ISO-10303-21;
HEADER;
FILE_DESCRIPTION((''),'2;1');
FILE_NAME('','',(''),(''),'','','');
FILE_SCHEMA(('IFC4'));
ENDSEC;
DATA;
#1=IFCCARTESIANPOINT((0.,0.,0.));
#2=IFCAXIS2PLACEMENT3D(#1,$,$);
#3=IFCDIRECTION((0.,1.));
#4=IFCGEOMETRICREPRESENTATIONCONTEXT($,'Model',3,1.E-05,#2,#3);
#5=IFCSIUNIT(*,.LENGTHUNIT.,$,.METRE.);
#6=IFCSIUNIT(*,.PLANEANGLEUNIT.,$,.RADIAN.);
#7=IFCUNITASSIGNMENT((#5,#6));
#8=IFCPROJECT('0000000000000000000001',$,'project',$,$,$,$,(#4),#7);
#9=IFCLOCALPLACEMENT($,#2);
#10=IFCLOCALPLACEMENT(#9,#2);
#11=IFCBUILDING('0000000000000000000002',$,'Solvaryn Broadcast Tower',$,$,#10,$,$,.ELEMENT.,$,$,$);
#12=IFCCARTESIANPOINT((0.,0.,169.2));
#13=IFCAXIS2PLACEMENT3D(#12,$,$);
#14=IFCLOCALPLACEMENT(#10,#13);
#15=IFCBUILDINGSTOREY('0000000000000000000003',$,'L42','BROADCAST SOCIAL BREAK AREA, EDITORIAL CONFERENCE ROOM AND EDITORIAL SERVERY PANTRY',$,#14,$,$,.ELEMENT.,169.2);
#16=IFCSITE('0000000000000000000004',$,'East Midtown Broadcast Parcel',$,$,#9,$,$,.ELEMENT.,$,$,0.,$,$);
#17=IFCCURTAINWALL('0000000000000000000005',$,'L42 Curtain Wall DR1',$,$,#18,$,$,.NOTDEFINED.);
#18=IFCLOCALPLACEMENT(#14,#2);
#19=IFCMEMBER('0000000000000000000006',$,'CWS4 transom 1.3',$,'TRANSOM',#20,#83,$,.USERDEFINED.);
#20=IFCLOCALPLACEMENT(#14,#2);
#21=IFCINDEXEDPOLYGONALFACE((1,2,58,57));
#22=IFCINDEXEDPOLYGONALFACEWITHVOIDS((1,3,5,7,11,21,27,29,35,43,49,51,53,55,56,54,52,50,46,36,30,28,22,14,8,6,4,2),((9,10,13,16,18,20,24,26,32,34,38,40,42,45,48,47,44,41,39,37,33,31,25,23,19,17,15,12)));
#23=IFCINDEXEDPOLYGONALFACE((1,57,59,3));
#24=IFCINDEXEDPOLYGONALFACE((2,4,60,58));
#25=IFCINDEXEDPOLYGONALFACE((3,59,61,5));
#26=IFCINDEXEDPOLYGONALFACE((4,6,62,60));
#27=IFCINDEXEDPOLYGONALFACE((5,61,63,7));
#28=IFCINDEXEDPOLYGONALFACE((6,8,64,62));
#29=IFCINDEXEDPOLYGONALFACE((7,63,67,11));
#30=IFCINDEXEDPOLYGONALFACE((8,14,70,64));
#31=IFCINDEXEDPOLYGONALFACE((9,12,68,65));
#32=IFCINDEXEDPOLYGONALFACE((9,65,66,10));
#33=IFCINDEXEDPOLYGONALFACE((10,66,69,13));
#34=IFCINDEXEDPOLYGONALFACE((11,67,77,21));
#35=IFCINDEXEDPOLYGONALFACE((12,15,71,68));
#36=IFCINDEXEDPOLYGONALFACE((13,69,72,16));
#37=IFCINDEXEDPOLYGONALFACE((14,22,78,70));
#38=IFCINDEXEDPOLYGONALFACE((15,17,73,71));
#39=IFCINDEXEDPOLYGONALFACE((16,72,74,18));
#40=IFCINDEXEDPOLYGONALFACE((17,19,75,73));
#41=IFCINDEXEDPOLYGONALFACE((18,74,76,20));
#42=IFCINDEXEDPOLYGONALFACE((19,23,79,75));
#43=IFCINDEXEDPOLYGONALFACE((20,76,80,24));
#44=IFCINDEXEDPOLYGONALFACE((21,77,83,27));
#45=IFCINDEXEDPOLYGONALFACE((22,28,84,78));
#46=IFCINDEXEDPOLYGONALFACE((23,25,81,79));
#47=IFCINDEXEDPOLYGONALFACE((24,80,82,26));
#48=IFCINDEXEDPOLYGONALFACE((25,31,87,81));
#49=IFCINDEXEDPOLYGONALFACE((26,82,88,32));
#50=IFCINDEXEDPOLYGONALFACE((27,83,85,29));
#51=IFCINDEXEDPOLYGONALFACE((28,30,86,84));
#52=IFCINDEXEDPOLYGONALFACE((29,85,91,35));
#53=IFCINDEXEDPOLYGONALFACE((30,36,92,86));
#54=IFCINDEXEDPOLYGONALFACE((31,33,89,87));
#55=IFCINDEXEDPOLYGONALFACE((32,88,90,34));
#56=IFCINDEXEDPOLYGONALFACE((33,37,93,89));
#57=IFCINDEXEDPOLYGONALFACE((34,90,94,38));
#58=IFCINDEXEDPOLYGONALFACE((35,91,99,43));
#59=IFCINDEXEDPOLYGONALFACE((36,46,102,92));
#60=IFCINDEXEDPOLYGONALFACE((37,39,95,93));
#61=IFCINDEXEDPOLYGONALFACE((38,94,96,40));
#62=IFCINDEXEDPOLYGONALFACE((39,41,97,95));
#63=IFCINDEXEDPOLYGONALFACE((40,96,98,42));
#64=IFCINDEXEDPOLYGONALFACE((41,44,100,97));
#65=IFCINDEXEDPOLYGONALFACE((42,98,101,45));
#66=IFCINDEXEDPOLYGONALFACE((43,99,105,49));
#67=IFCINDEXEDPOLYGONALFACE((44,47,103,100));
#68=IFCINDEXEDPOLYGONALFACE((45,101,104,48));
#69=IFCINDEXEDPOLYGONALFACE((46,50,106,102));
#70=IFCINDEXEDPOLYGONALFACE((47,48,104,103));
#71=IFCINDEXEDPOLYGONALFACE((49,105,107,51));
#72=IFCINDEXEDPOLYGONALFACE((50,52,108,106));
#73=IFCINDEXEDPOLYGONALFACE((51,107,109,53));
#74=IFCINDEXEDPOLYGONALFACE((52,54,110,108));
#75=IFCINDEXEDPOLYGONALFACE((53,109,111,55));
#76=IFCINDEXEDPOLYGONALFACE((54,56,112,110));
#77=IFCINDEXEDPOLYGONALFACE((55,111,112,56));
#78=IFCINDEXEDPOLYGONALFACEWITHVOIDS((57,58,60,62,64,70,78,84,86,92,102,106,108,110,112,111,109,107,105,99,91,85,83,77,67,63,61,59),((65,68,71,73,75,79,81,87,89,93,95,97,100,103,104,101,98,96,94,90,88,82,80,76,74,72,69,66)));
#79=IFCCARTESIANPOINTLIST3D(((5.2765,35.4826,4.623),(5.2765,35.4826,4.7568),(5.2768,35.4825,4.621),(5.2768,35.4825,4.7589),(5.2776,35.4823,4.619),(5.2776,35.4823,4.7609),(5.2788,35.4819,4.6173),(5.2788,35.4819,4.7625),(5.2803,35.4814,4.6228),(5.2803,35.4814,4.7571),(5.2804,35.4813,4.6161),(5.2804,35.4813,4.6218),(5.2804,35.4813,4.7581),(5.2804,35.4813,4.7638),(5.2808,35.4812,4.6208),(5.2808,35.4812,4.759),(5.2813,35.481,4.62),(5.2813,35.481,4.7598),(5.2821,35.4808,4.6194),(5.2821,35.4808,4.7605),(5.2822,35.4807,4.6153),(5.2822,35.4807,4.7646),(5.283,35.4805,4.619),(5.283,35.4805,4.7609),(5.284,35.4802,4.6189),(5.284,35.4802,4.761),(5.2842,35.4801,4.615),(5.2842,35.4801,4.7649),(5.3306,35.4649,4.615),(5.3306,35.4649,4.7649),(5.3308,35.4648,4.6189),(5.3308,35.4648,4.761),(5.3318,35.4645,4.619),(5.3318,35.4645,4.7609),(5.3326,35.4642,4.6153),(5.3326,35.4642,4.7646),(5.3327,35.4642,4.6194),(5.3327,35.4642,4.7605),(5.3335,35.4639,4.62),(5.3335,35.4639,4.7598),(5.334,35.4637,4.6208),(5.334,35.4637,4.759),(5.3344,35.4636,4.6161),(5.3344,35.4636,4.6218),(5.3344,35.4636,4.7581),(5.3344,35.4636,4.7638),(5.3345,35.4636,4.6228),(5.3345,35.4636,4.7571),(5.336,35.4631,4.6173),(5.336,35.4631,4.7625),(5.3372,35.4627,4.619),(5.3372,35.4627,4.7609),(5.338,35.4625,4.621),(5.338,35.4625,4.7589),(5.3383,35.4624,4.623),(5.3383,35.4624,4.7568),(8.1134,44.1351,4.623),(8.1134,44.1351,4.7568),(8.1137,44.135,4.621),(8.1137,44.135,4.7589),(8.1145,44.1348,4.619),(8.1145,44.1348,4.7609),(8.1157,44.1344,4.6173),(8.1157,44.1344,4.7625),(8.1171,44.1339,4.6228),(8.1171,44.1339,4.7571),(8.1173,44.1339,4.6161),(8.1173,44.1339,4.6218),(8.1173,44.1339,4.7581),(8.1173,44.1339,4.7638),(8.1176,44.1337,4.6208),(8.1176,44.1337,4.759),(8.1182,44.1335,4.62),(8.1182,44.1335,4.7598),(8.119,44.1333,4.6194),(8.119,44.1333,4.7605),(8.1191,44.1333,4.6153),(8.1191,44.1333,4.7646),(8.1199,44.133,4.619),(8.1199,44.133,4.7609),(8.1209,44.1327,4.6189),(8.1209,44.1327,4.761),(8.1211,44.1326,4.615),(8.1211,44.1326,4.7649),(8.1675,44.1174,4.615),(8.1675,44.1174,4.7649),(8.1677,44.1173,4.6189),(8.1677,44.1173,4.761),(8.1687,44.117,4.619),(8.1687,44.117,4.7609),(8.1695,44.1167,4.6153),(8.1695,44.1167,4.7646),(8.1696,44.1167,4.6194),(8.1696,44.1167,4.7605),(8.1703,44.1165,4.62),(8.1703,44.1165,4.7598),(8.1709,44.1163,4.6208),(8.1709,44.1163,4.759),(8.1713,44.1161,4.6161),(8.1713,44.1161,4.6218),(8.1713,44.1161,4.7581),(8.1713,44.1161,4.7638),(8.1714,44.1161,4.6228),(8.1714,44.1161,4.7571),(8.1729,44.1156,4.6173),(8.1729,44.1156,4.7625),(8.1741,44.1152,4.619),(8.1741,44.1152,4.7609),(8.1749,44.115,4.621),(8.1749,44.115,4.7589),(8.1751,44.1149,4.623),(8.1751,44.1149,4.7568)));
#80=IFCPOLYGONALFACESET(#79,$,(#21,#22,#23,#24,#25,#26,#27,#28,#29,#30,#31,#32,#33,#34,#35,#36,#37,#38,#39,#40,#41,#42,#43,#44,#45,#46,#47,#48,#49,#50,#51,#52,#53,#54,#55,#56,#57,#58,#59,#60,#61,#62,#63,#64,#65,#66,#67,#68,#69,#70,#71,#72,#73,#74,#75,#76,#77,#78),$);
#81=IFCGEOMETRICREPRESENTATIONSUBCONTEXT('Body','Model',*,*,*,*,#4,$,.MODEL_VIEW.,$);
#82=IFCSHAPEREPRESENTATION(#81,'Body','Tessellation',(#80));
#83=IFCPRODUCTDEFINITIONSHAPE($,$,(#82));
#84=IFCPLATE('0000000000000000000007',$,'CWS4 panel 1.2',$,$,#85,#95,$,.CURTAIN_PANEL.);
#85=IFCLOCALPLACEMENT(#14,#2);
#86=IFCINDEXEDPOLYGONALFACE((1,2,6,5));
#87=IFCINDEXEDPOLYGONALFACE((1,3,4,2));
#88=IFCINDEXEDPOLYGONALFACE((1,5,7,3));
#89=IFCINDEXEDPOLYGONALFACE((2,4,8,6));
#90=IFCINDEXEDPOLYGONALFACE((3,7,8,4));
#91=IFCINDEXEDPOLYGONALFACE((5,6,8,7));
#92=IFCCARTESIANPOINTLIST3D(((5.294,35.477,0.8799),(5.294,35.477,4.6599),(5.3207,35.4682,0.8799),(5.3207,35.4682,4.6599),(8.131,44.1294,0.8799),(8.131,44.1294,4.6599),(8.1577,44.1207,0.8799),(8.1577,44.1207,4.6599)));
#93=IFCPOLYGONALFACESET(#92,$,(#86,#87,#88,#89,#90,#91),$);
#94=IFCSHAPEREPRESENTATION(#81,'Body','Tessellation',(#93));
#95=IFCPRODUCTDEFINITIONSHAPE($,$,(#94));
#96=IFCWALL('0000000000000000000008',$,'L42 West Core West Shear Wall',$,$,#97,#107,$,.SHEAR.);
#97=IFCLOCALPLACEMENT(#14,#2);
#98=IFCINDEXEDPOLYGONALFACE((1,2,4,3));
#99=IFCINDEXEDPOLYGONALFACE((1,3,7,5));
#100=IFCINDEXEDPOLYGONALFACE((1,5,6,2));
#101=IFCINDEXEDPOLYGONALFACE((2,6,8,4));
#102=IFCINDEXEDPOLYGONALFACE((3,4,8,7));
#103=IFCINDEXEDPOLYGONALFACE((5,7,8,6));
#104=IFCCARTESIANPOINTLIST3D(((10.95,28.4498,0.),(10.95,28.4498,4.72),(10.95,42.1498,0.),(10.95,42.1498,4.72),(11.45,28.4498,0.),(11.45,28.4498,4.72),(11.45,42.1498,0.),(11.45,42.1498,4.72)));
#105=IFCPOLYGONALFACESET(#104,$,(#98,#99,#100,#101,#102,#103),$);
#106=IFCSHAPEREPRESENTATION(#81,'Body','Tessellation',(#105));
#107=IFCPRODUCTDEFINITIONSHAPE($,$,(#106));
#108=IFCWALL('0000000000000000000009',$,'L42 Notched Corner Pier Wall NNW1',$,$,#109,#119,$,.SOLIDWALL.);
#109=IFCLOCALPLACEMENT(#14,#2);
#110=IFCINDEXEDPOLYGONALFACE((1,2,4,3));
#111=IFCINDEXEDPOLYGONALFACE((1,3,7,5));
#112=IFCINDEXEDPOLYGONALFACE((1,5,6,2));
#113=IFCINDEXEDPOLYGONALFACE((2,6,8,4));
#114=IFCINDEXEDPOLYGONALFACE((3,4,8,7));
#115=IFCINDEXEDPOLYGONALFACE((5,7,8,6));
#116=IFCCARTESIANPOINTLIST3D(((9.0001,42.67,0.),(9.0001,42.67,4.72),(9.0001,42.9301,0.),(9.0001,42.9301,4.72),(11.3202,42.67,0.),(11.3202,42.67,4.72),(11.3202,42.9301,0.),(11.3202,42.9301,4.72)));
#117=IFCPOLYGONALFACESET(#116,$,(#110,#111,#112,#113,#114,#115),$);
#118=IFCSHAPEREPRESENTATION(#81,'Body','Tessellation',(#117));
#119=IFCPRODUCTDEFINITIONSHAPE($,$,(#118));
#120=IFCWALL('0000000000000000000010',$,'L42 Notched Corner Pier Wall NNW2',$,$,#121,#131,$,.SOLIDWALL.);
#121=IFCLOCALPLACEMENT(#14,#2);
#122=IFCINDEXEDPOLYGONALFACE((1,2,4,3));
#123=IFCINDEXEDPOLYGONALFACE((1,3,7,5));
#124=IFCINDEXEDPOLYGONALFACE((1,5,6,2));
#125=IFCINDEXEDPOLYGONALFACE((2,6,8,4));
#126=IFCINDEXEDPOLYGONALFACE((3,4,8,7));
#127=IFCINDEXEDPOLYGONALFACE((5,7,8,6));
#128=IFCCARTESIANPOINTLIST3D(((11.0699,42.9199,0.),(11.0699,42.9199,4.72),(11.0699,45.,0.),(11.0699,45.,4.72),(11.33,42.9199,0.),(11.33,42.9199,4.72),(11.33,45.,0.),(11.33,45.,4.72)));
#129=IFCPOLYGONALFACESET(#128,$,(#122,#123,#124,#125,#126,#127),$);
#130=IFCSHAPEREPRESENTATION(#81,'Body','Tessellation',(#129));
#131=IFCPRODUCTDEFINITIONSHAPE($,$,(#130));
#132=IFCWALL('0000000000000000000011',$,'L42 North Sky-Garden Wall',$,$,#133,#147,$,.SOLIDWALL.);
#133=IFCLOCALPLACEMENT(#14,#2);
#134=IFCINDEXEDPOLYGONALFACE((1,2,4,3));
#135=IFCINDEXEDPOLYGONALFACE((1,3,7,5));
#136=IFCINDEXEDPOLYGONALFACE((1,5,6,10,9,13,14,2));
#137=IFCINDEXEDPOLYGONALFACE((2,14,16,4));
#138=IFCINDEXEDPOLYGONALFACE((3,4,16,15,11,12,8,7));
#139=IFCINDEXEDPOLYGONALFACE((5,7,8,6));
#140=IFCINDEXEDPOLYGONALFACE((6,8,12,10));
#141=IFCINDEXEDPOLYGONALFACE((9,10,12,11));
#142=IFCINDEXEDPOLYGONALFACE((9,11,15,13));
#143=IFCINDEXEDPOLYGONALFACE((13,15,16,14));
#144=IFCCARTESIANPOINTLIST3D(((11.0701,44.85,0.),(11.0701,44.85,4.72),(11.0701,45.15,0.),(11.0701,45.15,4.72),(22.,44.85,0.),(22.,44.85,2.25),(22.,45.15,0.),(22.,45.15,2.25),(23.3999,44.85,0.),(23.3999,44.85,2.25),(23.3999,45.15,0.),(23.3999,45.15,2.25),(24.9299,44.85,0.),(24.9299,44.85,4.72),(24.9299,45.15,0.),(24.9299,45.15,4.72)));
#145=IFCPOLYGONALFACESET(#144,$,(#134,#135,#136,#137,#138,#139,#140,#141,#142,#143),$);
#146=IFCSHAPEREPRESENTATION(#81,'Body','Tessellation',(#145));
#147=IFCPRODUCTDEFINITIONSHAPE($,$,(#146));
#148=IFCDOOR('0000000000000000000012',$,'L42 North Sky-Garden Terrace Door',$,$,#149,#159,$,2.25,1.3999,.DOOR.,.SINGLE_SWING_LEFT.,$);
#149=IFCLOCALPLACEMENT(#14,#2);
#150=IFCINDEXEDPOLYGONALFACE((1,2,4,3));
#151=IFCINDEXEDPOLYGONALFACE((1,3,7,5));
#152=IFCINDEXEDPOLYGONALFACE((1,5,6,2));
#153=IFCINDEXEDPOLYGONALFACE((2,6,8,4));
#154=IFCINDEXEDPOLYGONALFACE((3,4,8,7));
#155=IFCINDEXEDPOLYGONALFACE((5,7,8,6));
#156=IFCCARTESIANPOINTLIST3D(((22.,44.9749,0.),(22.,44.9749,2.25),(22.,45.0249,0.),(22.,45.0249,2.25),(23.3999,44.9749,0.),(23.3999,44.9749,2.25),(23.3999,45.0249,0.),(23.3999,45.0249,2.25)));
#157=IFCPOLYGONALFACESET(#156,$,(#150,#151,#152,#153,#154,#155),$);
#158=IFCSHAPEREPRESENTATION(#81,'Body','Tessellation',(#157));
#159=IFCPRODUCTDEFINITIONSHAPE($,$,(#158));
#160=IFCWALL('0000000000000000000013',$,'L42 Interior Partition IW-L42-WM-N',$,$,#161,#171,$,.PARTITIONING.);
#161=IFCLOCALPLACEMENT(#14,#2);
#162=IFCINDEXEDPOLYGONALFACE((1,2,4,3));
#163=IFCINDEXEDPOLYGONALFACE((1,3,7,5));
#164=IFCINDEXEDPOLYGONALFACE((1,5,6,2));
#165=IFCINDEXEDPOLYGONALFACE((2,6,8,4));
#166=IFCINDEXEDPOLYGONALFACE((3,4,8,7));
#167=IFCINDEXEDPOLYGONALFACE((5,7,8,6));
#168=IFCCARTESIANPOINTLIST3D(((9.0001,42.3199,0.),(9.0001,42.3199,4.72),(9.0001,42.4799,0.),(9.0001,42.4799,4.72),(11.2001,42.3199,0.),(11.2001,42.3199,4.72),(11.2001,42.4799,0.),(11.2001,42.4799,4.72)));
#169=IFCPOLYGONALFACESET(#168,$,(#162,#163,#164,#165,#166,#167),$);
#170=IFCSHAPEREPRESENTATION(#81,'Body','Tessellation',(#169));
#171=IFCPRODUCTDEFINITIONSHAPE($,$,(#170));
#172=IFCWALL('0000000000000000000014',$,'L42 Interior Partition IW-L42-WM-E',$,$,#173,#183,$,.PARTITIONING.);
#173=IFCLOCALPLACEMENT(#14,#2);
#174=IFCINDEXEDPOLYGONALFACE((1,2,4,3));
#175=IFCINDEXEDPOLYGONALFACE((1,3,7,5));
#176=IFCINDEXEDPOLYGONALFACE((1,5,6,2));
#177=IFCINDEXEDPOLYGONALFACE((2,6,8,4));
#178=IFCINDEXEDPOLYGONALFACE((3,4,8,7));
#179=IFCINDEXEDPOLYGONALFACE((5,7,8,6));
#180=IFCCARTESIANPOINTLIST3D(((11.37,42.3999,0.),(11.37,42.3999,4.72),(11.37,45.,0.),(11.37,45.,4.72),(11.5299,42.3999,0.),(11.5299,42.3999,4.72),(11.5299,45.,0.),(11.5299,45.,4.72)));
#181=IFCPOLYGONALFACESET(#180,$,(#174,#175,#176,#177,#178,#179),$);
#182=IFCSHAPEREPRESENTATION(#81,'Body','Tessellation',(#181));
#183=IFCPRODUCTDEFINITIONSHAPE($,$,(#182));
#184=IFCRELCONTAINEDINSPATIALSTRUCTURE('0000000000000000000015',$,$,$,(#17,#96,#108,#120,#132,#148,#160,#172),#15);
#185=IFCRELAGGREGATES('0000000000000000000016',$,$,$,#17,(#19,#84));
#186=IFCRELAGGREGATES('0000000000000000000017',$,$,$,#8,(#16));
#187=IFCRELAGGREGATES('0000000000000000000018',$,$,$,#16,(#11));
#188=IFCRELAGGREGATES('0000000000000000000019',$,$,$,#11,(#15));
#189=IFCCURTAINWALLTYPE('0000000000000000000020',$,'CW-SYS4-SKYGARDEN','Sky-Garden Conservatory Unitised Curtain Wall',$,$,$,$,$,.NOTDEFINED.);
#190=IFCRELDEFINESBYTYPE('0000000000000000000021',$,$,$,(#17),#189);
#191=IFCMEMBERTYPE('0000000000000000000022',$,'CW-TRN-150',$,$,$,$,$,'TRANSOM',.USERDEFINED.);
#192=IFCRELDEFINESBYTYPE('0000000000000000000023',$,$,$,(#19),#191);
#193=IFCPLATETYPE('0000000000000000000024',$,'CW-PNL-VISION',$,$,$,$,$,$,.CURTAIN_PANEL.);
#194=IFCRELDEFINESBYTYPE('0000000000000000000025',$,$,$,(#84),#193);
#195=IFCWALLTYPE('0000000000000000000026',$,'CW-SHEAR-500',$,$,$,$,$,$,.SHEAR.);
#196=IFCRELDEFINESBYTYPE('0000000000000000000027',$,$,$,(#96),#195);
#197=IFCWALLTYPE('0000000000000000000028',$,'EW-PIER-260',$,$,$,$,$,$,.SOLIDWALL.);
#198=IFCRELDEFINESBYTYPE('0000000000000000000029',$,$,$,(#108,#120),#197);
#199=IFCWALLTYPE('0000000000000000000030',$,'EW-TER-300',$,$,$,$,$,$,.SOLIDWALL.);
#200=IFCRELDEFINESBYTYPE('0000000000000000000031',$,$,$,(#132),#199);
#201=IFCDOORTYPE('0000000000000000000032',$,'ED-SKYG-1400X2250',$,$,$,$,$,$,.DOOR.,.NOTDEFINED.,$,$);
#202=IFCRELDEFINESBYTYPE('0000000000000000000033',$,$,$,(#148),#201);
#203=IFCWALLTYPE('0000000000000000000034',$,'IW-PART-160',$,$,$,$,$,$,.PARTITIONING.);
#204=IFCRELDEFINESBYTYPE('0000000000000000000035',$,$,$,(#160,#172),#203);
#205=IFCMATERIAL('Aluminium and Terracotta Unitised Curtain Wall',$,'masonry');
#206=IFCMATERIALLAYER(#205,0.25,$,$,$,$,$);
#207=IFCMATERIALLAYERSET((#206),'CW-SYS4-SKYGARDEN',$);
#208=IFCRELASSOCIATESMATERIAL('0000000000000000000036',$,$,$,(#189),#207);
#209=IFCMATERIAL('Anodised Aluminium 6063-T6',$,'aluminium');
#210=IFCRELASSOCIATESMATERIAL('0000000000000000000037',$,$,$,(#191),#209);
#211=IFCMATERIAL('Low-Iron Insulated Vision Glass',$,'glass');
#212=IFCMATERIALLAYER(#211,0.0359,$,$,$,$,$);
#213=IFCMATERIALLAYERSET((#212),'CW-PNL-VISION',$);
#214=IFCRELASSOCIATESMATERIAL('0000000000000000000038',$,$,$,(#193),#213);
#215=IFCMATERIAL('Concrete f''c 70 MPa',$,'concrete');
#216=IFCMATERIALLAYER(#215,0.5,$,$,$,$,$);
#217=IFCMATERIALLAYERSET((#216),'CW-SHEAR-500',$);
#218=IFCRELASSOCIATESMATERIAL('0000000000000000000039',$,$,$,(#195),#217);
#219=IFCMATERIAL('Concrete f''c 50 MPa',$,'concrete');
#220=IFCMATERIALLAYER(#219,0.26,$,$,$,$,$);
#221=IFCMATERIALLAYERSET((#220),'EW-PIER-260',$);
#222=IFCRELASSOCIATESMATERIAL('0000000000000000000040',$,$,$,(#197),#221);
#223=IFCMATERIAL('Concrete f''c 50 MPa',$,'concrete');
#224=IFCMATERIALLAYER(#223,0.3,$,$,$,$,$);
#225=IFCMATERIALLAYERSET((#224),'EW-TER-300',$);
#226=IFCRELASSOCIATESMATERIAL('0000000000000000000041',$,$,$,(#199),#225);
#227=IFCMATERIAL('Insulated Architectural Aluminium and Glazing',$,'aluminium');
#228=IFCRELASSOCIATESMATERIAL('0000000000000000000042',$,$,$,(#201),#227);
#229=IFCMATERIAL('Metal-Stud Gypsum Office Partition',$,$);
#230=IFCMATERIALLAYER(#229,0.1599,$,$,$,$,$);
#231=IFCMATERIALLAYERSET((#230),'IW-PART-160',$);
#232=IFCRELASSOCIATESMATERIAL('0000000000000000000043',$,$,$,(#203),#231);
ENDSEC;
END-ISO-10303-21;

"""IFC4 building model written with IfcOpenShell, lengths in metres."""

from ifc_helpers import new_model, si_unit, direction, frame, frame_2d, origin, origin_2d, place, context, subcontext, project, spatial, rectangle, hollow_rectangle, extrude, material, layer, layer_set, material_profile, profile_set, type_object, element, fill, aggregate, save


model = new_model("IFC4")

# Units and contexts
model_context = context("Model", 3, precision=1e-05, world=origin(), true_north=direction((0.0, 1.0)))
body_context = subcontext(model_context, "Body", "Model", "MODEL_VIEW")
ifc_project = project(units=[si_unit("LENGTHUNIT", "METRE"), si_unit("PLANEANGLEUNIT", "RADIAN")], contexts=[model_context])

# Site, building, storey
site_placement = place(None, origin())
site = spatial("IfcSite", under=ifc_project, at=site_placement, Name="East Midtown Broadcast Parcel", CompositionType="ELEMENT", RefElevation=0.0)
building_placement = place(site_placement, origin())
building = spatial("IfcBuilding", under=site, at=building_placement, Name="Solvaryn Broadcast Tower", CompositionType="ELEMENT")
storey_placement = place(building_placement, frame((0.0, 0.0, 169.2)))
storey = spatial("IfcBuildingStorey", under=building, at=storey_placement, Name="L42", Description="BROADCAST SOCIAL BREAK AREA, EDITORIAL CONFERENCE ROOM AND EDITORIAL SERVERY PANTRY", CompositionType="ELEMENT", Elevation=169.2)

# Curtain wall, member, plate
ifc_material_1 = material(Name="Aluminium and Terracotta Unitised Curtain Wall", Category="masonry")
ifc_layer_1 = layer(ifc_material_1, 0.25)
ifc_layer_set_1 = layer_set([ifc_layer_1], Name="CW-SYS4-SKYGARDEN")
curtain_wall_type = type_object("IfcCurtainWallType", Name="CW-SYS4-SKYGARDEN", Description="Sky-Garden Conservatory Unitised Curtain Wall", PredefinedType="NOTDEFINED", material=ifc_layer_set_1)
curtain_wall_placement = place(storey_placement, origin())
curtain_wall = element("IfcCurtainWall", 1, at=curtain_wall_placement, inside=storey, type_object=curtain_wall_type, Name="L42 Curtain Wall DR1", PredefinedType="NOTDEFINED")
ifc_material_2 = material(Name="Anodised Aluminium 6063-T6", Category="aluminium")
ifc_material_profile_1 = material_profile(ifc_material_2, hollow_rectangle(XDim=0.0649, YDim=0.1499, WallThickness=0.0039, InnerFilletRadius=0.0039, OuterFilletRadius=0.0081, at=origin_2d()))
ifc_profile_set_1 = profile_set([ifc_material_profile_1], Name="Anodised Aluminium 6063-T6")
member_type_1 = type_object("IfcMemberType", Name="CW-TRN-150", ElementType="TRANSOM", PredefinedType="USERDEFINED", material=ifc_profile_set_1)
member_1_placement = place(storey_placement, frame((8.1443, 44.125, 4.6899), z_axis=(-0.311551, -0.95023, 0.0), x_axis=(0.95023, -0.311551, 0.0)))
member_1 = element("IfcMember", 2, at=member_1_placement, type_object=member_type_1, Name="CWS4 transom 1.3", ObjectType="TRANSOM", PredefinedType="USERDEFINED", context=body_context, shape_type="SweptSolid", body=[
    extrude(hollow_rectangle(XDim=0.0649, YDim=0.1499, WallThickness=0.0039, InnerFilletRadius=0.0039, OuterFilletRadius=0.0081, at=origin_2d()), origin(), (0.0, 0.0, 1.0), 9.1057),
])
ifc_material_3 = material(Name="Low-Iron Insulated Vision Glass", Category="glass")
ifc_layer_2 = layer(ifc_material_3, 0.0359)
ifc_layer_set_2 = layer_set([ifc_layer_2], Name="CW-PNL-VISION")
plate_type = type_object("IfcPlateType", Name="CW-PNL-VISION", PredefinedType="CURTAIN_PANEL", material=ifc_layer_set_2)
plate_placement = place(storey_placement, frame((6.7258, 39.7988, 0.8799), z_axis=(0.0, 0.0, 1.0), x_axis=(-0.311559, -0.950227, 0.0)))
plate = element("IfcPlate", 3, at=plate_placement, type_object=plate_type, Name="CWS4 panel 1.2", PredefinedType="CURTAIN_PANEL", context=body_context, shape_type="SweptSolid", body=[
    extrude(rectangle(XDim=9.1057, YDim=0.0281, at=origin_2d()), origin(), (0.0, 0.0, 1.0), 3.78),
])
aggregate(curtain_wall, [member_1, plate])

# Walls
ifc_material_4 = material(Name="Concrete f'c 70 MPa", Category="concrete")
ifc_layer_3 = layer(ifc_material_4, 0.5)
ifc_layer_set_3 = layer_set([ifc_layer_3], Name="CW-SHEAR-500")
wall_type_1 = type_object("IfcWallType", Name="CW-SHEAR-500", PredefinedType="SHEAR", material=ifc_layer_set_3)
wall_1_placement = place(storey_placement, frame((11.2, 42.1499, 0.0), z_axis=(0.0, 0.0, 1.0), x_axis=(0.0, -1.0, 0.0)))
element("IfcWall", 4, at=wall_1_placement, inside=storey, type_object=wall_type_1, Name="L42 West Core West Shear Wall", PredefinedType="SHEAR", context=body_context, shape_type="SweptSolid", body=[
    extrude(rectangle(XDim=13.7, YDim=0.5, at=frame_2d((6.8501, 0.0))), origin(), (0.0, 0.0, 1.0), 4.72),
])
ifc_material_5 = material(Name="Concrete f'c 50 MPa", Category="concrete")
ifc_layer_4 = layer(ifc_material_5, 0.26)
ifc_layer_set_4 = layer_set([ifc_layer_4], Name="EW-PIER-260")
wall_type_2 = type_object("IfcWallType", Name="EW-PIER-260", PredefinedType="SOLIDWALL", material=ifc_layer_set_4)
wall_2_placement = place(storey_placement, frame((9.0, 42.8, 0.0), z_axis=(0.0, 0.0, 1.0), x_axis=(1.0, 0.0, 0.0)))
element("IfcWall", 5, at=wall_2_placement, inside=storey, type_object=wall_type_2, Name="L42 Notched Corner Pier Wall NNW1", PredefinedType="SOLIDWALL", context=body_context, shape_type="SweptSolid", body=[
    extrude(rectangle(XDim=2.3201, YDim=0.26, at=frame_2d((1.1602, 0.0))), origin(), (0.0, 0.0, 1.0), 4.72),
])
wall_3_placement = place(storey_placement, frame((11.2, 42.9199, 0.0), z_axis=(0.0, 0.0, 1.0), x_axis=(0.0, 1.0, 0.0)))
element("IfcWall", 6, at=wall_3_placement, inside=storey, type_object=wall_type_2, Name="L42 Notched Corner Pier Wall NNW2", PredefinedType="SOLIDWALL", context=body_context, shape_type="SweptSolid", body=[
    extrude(rectangle(XDim=2.0801, YDim=0.26, at=frame_2d((1.04, 0.0))), origin(), (0.0, 0.0, 1.0), 4.72),
])

# Wall, opening, door
ifc_material_6 = material(Name="Concrete f'c 50 MPa", Category="concrete")
ifc_layer_5 = layer(ifc_material_6, 0.3)
ifc_layer_set_5 = layer_set([ifc_layer_5], Name="EW-TER-300")
wall_type_3 = type_object("IfcWallType", Name="EW-TER-300", PredefinedType="SOLIDWALL", material=ifc_layer_set_5)
wall_4_placement = place(storey_placement, frame((11.0701, 45.0, 0.0), z_axis=(0.0, 0.0, 1.0), x_axis=(1.0, 0.0, 0.0)))
wall_4 = element("IfcWall", 7, at=wall_4_placement, inside=storey, type_object=wall_type_3, Name="L42 North Sky-Garden Wall", PredefinedType="SOLIDWALL", context=body_context, shape_type="SweptSolid", body=[
    extrude(rectangle(XDim=13.8599, YDim=0.3, at=frame_2d((6.9299, 0.0))), origin(), (0.0, 0.0, 1.0), 4.72),
])
opening_placement = place(wall_4_placement, frame((10.9299, 0.0, 0.0)))
opening = element("IfcOpeningElement", 8, at=opening_placement, cuts=wall_4, PredefinedType="OPENING", context=body_context, shape_type="SweptSolid", body=[
    extrude(rectangle(XDim=1.3999, YDim=2.25, at=frame_2d((0.7, 1.125))), frame((0.0, 0.1599, 0.0), z_axis=(0.0, -1.0, 0.0), x_axis=(1.0, 0.0, 0.0)), (0.0, 0.0, 1.0), 0.3201),
])
ifc_material_7 = material(Name="Insulated Architectural Aluminium and Glazing", Category="aluminium")
door_type = type_object("IfcDoorType", Name="ED-SKYG-1400X2250", OperationType="NOTDEFINED", PredefinedType="DOOR", material=ifc_material_7)
door_placement = place(opening_placement, origin())
door = element("IfcDoor", 9, at=door_placement, inside=storey, type_object=door_type, Name="L42 North Sky-Garden Terrace Door", OperationType="SINGLE_SWING_LEFT", OverallHeight=2.25, OverallWidth=1.3999, PredefinedType="DOOR", context=body_context, shape_type="SweptSolid", body=[
    extrude(rectangle(XDim=1.3999, YDim=2.25, at=frame_2d((0.7, 1.125))), frame((0.0, 0.0249, 0.0), z_axis=(0.0, -1.0, 0.0), x_axis=(1.0, 0.0, 0.0)), (0.0, 0.0, 1.0), 0.05),
])
fill(opening, door)

# Walls
ifc_material_8 = material(Name="Metal-Stud Gypsum Office Partition")
ifc_layer_6 = layer(ifc_material_8, 0.1599)
ifc_layer_set_6 = layer_set([ifc_layer_6], Name="IW-PART-160")
wall_type_4 = type_object("IfcWallType", Name="IW-PART-160", PredefinedType="PARTITIONING", material=ifc_layer_set_6)
wall_5_placement = place(storey_placement, frame((9.0, 42.3999, 0.0), z_axis=(0.0, 0.0, 1.0), x_axis=(1.0, 0.0, 0.0)))
element("IfcWall", 10, at=wall_5_placement, inside=storey, type_object=wall_type_4, Name="L42 Interior Partition IW-L42-WM-N", PredefinedType="PARTITIONING", context=body_context, shape_type="SweptSolid", body=[
    extrude(rectangle(XDim=2.2, YDim=0.1599, at=frame_2d((1.1001, 0.0))), origin(), (0.0, 0.0, 1.0), 4.72),
])
wall_6_placement = place(storey_placement, frame((11.45, 42.3999, 0.0), z_axis=(0.0, 0.0, 1.0), x_axis=(0.0, 1.0, 0.0)))
element("IfcWall", 11, at=wall_6_placement, inside=storey, type_object=wall_type_4, Name="L42 Interior Partition IW-L42-WM-E", PredefinedType="PARTITIONING", context=body_context, shape_type="SweptSolid", body=[
    extrude(rectangle(XDim=2.6001, YDim=0.1599, at=frame_2d((1.3, 0.0))), origin(), (0.0, 0.0, 1.0), 4.72),
])

save(model, "model.ifc")
